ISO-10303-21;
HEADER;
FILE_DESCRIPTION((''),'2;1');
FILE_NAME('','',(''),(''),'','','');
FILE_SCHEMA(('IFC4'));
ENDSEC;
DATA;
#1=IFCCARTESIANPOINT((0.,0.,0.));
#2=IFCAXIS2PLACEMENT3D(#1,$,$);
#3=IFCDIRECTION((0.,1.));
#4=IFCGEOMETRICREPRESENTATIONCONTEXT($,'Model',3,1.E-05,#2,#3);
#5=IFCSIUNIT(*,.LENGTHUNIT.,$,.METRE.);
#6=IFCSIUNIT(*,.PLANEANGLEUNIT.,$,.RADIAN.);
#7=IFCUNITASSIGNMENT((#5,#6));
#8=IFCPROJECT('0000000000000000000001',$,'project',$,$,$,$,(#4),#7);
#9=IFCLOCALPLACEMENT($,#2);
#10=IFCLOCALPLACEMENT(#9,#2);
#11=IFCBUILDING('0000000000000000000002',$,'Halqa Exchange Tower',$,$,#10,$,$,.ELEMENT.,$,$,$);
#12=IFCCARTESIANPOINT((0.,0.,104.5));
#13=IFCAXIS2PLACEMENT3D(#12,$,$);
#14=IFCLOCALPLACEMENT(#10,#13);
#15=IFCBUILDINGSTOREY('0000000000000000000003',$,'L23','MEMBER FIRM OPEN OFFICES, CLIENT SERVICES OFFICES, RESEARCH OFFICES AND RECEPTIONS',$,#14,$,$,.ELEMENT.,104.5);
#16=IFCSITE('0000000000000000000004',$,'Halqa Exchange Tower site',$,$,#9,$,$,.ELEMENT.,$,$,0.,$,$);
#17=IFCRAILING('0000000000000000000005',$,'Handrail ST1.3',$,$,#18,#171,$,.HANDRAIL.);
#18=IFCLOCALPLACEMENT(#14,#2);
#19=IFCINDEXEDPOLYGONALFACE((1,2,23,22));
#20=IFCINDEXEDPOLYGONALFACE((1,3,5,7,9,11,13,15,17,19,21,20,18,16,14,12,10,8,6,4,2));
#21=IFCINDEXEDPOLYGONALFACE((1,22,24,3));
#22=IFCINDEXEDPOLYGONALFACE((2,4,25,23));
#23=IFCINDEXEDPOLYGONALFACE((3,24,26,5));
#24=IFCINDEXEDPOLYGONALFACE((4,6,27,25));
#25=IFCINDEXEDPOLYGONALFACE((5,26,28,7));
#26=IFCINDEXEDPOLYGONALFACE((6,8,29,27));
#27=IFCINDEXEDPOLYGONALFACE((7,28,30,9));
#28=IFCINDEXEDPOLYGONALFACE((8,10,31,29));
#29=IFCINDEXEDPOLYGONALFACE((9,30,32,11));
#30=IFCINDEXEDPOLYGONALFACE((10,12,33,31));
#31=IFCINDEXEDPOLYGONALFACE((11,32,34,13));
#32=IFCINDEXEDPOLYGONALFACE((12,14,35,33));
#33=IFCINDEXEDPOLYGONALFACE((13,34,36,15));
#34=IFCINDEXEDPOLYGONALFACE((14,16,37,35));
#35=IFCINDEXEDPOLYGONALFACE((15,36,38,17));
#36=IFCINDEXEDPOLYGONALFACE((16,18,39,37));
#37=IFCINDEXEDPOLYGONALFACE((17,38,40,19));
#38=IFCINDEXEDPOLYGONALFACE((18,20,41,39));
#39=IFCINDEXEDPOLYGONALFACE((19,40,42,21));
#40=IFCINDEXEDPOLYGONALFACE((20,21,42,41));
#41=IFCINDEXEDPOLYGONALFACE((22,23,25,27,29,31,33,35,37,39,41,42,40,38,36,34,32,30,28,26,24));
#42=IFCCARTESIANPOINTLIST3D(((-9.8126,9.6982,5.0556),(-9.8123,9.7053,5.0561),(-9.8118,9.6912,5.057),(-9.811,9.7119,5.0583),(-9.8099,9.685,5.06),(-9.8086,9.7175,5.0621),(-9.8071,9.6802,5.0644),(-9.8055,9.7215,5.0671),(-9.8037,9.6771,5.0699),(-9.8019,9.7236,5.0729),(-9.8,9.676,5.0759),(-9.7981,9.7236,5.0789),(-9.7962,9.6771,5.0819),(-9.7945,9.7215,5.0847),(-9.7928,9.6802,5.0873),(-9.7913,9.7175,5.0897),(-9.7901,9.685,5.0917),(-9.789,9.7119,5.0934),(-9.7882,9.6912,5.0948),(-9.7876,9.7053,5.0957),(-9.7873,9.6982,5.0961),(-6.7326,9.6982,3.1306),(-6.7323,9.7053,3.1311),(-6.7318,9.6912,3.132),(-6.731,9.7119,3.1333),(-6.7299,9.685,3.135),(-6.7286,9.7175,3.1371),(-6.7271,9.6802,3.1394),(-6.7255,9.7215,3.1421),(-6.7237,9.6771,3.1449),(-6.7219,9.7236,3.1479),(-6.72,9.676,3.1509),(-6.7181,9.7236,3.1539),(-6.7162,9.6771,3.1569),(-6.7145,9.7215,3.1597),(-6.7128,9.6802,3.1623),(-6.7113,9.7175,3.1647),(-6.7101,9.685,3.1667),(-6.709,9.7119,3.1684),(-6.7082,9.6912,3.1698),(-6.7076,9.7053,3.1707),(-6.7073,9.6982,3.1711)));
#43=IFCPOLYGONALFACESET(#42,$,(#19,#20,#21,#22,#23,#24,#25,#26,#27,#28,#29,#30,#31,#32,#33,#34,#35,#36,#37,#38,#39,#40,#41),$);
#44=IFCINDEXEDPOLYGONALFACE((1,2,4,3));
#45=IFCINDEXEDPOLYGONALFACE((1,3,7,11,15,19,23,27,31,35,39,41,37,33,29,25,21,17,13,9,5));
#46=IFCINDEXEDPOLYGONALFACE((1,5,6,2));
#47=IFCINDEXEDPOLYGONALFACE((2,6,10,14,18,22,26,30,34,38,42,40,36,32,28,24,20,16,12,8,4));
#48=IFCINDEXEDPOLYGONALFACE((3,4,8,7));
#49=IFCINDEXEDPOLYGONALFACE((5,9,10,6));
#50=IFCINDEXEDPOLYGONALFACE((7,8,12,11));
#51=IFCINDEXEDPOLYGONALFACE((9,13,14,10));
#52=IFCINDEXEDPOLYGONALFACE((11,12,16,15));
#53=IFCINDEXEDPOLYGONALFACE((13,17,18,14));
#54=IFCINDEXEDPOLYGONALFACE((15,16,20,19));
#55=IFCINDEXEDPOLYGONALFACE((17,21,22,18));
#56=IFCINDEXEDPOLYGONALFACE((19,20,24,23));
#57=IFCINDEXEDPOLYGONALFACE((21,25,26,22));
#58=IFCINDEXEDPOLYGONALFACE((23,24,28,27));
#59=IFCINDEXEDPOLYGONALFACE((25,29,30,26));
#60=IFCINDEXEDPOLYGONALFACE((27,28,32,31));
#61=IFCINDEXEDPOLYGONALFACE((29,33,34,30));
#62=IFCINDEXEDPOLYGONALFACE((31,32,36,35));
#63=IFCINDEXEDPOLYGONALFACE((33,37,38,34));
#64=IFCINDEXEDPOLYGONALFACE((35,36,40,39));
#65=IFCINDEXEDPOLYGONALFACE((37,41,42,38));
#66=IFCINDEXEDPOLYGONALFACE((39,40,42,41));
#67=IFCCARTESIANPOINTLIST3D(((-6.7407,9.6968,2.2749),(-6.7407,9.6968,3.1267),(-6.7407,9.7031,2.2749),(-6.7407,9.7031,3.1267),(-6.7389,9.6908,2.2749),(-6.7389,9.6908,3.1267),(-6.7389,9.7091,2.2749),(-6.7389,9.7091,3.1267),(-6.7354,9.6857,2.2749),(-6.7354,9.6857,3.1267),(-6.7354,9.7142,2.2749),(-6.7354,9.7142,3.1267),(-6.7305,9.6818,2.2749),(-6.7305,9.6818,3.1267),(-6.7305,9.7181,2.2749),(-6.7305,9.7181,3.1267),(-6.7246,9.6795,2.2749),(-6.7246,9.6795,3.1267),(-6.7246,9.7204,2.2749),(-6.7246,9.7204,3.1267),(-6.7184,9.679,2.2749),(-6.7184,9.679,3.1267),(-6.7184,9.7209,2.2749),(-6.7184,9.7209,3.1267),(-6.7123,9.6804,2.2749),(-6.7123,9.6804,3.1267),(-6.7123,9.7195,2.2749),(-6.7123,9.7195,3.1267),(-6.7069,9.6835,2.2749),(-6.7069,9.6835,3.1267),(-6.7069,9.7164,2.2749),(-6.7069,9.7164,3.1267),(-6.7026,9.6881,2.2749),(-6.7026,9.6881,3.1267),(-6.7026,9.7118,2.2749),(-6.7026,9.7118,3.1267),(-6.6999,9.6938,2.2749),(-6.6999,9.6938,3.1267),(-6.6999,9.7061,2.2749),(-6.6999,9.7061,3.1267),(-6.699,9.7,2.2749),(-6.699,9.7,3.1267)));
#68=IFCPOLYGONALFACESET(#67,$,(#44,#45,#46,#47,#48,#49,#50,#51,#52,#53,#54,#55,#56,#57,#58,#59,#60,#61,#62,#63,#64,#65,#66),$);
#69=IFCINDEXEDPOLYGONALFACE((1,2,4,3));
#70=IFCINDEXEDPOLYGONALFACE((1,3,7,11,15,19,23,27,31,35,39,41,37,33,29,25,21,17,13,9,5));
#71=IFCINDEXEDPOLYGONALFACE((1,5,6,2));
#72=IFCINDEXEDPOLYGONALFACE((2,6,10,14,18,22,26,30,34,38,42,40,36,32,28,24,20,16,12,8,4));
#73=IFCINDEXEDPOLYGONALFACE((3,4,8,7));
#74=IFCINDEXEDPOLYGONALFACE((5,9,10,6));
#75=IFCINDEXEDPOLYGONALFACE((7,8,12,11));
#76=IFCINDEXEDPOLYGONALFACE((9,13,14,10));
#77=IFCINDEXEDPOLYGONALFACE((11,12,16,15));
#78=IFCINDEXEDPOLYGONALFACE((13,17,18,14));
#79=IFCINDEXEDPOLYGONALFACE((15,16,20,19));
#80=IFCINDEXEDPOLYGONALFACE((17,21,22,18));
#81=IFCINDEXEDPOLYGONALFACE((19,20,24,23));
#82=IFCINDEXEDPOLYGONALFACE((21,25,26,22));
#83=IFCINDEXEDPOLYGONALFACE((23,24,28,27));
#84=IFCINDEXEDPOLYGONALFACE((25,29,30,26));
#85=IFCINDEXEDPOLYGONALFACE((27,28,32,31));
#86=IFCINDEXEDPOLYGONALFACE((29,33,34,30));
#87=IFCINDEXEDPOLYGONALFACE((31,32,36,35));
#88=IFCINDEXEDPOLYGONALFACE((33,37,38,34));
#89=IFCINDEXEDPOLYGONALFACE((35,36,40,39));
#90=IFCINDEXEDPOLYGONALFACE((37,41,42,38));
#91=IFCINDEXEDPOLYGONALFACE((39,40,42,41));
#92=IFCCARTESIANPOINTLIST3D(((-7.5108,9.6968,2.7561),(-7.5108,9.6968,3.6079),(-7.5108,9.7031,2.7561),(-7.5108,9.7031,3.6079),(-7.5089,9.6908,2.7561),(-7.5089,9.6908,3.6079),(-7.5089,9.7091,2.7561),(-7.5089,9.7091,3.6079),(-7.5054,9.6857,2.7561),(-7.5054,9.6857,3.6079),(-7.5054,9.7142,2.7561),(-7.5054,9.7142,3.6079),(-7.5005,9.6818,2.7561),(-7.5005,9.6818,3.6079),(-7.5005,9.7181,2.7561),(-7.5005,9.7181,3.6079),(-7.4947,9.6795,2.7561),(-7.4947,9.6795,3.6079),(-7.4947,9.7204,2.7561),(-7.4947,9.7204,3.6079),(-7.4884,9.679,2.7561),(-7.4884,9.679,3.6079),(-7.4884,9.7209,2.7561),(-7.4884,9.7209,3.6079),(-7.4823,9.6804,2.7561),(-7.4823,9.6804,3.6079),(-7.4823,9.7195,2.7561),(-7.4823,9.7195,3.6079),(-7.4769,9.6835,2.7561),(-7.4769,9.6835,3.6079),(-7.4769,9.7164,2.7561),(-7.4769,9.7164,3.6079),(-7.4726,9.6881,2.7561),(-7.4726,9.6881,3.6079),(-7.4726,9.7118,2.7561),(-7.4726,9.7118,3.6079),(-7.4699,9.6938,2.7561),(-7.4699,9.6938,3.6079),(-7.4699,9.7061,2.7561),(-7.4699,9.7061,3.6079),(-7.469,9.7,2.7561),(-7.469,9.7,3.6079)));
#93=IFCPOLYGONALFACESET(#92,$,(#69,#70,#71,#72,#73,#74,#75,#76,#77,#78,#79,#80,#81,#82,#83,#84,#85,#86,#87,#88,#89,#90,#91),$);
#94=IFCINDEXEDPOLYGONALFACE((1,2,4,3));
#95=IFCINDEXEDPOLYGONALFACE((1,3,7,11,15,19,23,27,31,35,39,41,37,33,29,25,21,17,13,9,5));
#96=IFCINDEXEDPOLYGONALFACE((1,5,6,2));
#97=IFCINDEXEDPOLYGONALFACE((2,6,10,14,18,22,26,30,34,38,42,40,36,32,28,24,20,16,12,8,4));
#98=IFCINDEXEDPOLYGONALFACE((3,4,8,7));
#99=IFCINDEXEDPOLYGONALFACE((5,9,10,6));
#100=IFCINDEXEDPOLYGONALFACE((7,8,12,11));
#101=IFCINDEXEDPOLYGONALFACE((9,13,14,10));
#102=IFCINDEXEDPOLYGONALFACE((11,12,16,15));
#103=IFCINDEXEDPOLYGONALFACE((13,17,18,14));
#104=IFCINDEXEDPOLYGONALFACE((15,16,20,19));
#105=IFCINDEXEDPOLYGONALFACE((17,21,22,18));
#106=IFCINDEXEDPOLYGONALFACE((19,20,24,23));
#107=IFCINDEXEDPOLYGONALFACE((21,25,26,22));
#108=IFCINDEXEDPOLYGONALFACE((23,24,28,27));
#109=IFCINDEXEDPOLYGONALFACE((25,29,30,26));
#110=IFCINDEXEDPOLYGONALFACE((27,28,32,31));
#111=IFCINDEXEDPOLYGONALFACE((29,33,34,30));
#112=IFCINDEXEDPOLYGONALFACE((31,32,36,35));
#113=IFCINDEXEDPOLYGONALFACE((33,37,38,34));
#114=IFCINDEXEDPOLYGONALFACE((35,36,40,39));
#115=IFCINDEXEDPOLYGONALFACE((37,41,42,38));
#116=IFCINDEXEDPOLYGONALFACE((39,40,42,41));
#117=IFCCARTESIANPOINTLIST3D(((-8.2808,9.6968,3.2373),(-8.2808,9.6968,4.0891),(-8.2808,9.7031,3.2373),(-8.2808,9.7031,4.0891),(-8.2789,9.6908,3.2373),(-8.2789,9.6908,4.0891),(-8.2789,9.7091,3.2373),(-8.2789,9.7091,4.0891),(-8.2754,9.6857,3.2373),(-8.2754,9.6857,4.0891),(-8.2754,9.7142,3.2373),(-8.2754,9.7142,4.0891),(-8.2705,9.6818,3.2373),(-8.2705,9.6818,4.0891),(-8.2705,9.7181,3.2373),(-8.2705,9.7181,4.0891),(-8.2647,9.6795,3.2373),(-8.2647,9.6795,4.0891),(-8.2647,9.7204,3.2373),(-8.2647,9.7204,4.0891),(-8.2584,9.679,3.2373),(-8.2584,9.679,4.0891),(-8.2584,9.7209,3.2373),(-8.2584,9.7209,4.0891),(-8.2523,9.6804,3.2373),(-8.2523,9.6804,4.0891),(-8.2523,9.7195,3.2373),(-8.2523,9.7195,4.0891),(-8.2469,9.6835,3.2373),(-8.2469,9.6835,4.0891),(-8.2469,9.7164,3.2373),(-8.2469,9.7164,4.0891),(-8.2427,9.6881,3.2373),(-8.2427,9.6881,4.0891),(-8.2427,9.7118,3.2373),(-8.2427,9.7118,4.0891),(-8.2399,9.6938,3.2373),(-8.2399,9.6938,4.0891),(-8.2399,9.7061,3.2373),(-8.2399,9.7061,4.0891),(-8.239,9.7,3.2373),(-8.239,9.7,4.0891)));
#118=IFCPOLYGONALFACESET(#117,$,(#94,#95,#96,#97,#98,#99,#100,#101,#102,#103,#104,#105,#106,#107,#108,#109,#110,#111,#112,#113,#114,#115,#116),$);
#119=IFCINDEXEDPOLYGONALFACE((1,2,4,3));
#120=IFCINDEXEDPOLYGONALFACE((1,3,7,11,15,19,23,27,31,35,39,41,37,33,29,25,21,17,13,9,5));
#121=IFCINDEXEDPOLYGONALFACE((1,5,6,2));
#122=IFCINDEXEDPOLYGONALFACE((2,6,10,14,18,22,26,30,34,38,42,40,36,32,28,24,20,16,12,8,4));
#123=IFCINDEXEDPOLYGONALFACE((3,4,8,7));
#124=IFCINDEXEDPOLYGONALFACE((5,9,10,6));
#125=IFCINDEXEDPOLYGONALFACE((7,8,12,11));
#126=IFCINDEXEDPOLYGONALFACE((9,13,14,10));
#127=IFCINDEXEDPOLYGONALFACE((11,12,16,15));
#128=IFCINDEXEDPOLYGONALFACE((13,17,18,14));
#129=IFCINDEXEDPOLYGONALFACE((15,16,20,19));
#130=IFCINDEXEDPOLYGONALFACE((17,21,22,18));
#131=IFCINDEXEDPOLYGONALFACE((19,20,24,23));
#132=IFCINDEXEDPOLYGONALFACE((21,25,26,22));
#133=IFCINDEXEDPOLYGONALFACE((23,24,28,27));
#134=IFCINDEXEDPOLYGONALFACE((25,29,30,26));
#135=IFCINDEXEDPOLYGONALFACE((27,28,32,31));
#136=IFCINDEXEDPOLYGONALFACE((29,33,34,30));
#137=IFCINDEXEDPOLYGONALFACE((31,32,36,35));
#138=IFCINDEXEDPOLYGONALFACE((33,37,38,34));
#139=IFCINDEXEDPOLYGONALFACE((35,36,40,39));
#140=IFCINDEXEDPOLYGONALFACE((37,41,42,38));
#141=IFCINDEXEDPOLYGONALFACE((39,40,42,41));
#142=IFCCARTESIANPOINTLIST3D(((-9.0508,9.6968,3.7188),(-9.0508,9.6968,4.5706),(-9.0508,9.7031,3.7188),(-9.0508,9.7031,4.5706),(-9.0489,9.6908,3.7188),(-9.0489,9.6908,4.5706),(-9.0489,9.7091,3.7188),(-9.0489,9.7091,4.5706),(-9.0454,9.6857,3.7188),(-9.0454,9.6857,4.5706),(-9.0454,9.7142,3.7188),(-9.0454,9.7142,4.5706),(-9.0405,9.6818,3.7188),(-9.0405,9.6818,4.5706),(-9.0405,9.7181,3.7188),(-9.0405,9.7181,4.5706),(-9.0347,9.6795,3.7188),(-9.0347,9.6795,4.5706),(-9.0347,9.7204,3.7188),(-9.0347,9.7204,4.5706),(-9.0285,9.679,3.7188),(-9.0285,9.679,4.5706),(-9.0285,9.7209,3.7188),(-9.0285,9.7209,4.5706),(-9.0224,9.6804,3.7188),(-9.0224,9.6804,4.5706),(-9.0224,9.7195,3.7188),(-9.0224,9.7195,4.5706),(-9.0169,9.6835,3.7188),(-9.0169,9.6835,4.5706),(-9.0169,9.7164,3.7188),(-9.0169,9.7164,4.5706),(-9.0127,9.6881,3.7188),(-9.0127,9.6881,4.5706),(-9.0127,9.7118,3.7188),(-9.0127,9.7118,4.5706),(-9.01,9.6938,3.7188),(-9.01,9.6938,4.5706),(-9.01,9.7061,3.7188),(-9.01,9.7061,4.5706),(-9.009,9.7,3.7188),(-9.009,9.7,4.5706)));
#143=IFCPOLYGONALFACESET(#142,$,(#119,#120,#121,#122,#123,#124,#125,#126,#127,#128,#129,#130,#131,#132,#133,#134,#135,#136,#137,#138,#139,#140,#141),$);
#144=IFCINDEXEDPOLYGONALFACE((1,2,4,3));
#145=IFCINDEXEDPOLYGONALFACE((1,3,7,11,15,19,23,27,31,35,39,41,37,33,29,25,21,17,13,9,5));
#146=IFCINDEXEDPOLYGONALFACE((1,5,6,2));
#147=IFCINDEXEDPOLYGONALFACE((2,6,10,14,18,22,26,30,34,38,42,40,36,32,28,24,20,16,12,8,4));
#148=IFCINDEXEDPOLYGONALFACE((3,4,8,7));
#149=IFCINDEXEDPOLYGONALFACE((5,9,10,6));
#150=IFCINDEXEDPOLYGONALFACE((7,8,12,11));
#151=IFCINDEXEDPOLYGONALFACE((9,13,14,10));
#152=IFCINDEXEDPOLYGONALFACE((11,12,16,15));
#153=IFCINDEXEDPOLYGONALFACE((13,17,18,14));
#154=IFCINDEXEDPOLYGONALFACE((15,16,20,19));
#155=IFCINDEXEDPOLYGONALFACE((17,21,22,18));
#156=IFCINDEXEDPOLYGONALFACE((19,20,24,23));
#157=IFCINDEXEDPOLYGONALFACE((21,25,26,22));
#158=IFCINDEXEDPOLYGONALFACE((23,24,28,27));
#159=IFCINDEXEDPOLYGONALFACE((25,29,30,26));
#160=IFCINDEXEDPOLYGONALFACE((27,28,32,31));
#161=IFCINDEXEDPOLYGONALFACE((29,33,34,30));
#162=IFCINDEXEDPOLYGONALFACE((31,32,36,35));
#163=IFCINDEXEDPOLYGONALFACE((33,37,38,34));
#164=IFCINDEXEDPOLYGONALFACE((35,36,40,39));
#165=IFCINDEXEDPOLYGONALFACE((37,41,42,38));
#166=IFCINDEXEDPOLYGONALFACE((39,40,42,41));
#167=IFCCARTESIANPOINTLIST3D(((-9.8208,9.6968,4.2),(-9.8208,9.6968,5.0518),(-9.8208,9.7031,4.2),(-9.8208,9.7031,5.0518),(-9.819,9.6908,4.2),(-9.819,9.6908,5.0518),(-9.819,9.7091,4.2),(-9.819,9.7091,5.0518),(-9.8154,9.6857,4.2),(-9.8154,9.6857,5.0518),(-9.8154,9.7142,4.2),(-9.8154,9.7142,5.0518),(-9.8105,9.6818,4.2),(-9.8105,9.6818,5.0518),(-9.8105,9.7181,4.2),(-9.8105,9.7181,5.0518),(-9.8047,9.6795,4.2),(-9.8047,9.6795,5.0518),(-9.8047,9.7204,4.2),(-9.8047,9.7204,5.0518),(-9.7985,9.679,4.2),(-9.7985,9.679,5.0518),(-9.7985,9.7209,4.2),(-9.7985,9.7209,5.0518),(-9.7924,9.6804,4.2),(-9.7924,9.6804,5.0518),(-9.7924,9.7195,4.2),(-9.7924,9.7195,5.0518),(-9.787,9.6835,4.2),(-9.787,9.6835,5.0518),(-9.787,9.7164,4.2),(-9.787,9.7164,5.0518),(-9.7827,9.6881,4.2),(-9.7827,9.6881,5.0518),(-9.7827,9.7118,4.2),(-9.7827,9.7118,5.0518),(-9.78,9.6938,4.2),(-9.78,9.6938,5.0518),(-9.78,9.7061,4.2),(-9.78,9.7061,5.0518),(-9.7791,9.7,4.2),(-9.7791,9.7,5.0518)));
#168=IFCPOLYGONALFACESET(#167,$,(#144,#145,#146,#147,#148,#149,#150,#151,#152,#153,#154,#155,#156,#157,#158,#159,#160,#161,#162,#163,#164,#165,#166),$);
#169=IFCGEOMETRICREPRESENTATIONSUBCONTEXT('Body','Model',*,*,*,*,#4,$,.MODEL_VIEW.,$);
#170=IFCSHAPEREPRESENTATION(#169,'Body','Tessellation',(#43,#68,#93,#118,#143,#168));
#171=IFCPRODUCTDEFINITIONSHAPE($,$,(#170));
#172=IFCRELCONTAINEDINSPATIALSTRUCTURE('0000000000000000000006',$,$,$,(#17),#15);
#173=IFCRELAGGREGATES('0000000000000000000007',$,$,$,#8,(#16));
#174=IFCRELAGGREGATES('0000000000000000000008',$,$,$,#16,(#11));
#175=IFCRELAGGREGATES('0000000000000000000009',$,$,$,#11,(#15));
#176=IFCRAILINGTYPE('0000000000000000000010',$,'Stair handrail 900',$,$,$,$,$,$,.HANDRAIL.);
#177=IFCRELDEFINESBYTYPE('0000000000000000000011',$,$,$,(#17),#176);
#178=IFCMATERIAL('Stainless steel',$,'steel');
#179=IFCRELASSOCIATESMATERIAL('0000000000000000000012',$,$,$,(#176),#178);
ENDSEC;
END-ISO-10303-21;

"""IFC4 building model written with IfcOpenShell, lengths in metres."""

from ifc_helpers import new_model, si_unit, direction, frame, origin, origin_2d, place, context, subcontext, project, spatial, circle, extrude, material, type_object, element, save


model = new_model("IFC4")

# Units and contexts
model_context = context("Model", 3, precision=1e-05, world=origin(), true_north=direction((0.0, 1.0)))
body_context = subcontext(model_context, "Body", "Model", "MODEL_VIEW")
ifc_project = project(units=[si_unit("LENGTHUNIT", "METRE"), si_unit("PLANEANGLEUNIT", "RADIAN")], contexts=[model_context])

# Site, building, storey
site_placement = place(None, origin())
site = spatial("IfcSite", under=ifc_project, at=site_placement, Name="Halqa Exchange Tower site", CompositionType="ELEMENT", RefElevation=0.0)
building_placement = place(site_placement, origin())
building = spatial("IfcBuilding", under=site, at=building_placement, Name="Halqa Exchange Tower", CompositionType="ELEMENT")
storey_placement = place(building_placement, frame((0.0, 0.0, 104.5)))
storey = spatial("IfcBuildingStorey", under=building, at=storey_placement, Name="L23", Description="MEMBER FIRM OPEN OFFICES, CLIENT SERVICES OFFICES, RESEARCH OFFICES AND RECEPTIONS", CompositionType="ELEMENT", Elevation=104.5)

# Railing
ifc_material_1 = material(Name="Stainless steel", Category="steel")
railing_type_1 = type_object("IfcRailingType", Name="Stair handrail 900", PredefinedType="HANDRAIL", material=ifc_material_1)
railing_1_placement = place(storey_placement, frame((-6.72, 9.7, 2.2749)))
element("IfcRailing", 1, at=railing_1_placement, inside=storey, type_object=railing_type_1, Name="Handrail ST1.3", PredefinedType="HANDRAIL", context=body_context, shape_type="SweptSolid", body=[
    extrude(circle(Radius=0.0239, at=origin_2d()), frame((0.0, 0.0, 0.876), z_axis=(-0.847998, 0.0, 0.529999), x_axis=(0.0, -1.0, 0.0)), (0.0, 0.0, 1.0), 3.6321),
    extrude(circle(Radius=0.021, at=origin_2d()), origin(), (0.0, 0.0, 1.0), 0.8518),
    extrude(circle(Radius=0.021, at=origin_2d()), frame((-0.77, 0.0, 0.4812)), (0.0, 0.0, 1.0), 0.8518),
    extrude(circle(Radius=0.021, at=origin_2d()), frame((-1.54, 0.0, 0.9624)), (0.0, 0.0, 1.0), 0.8518),
    extrude(circle(Radius=0.021, at=origin_2d()), frame((-2.3101, 0.0, 1.4438)), (0.0, 0.0, 1.0), 0.8518),
    extrude(circle(Radius=0.021, at=origin_2d()), frame((-3.0801, 0.0, 1.925)), (0.0, 0.0, 1.0), 0.8518),
])

save(model, "model.ifc")
